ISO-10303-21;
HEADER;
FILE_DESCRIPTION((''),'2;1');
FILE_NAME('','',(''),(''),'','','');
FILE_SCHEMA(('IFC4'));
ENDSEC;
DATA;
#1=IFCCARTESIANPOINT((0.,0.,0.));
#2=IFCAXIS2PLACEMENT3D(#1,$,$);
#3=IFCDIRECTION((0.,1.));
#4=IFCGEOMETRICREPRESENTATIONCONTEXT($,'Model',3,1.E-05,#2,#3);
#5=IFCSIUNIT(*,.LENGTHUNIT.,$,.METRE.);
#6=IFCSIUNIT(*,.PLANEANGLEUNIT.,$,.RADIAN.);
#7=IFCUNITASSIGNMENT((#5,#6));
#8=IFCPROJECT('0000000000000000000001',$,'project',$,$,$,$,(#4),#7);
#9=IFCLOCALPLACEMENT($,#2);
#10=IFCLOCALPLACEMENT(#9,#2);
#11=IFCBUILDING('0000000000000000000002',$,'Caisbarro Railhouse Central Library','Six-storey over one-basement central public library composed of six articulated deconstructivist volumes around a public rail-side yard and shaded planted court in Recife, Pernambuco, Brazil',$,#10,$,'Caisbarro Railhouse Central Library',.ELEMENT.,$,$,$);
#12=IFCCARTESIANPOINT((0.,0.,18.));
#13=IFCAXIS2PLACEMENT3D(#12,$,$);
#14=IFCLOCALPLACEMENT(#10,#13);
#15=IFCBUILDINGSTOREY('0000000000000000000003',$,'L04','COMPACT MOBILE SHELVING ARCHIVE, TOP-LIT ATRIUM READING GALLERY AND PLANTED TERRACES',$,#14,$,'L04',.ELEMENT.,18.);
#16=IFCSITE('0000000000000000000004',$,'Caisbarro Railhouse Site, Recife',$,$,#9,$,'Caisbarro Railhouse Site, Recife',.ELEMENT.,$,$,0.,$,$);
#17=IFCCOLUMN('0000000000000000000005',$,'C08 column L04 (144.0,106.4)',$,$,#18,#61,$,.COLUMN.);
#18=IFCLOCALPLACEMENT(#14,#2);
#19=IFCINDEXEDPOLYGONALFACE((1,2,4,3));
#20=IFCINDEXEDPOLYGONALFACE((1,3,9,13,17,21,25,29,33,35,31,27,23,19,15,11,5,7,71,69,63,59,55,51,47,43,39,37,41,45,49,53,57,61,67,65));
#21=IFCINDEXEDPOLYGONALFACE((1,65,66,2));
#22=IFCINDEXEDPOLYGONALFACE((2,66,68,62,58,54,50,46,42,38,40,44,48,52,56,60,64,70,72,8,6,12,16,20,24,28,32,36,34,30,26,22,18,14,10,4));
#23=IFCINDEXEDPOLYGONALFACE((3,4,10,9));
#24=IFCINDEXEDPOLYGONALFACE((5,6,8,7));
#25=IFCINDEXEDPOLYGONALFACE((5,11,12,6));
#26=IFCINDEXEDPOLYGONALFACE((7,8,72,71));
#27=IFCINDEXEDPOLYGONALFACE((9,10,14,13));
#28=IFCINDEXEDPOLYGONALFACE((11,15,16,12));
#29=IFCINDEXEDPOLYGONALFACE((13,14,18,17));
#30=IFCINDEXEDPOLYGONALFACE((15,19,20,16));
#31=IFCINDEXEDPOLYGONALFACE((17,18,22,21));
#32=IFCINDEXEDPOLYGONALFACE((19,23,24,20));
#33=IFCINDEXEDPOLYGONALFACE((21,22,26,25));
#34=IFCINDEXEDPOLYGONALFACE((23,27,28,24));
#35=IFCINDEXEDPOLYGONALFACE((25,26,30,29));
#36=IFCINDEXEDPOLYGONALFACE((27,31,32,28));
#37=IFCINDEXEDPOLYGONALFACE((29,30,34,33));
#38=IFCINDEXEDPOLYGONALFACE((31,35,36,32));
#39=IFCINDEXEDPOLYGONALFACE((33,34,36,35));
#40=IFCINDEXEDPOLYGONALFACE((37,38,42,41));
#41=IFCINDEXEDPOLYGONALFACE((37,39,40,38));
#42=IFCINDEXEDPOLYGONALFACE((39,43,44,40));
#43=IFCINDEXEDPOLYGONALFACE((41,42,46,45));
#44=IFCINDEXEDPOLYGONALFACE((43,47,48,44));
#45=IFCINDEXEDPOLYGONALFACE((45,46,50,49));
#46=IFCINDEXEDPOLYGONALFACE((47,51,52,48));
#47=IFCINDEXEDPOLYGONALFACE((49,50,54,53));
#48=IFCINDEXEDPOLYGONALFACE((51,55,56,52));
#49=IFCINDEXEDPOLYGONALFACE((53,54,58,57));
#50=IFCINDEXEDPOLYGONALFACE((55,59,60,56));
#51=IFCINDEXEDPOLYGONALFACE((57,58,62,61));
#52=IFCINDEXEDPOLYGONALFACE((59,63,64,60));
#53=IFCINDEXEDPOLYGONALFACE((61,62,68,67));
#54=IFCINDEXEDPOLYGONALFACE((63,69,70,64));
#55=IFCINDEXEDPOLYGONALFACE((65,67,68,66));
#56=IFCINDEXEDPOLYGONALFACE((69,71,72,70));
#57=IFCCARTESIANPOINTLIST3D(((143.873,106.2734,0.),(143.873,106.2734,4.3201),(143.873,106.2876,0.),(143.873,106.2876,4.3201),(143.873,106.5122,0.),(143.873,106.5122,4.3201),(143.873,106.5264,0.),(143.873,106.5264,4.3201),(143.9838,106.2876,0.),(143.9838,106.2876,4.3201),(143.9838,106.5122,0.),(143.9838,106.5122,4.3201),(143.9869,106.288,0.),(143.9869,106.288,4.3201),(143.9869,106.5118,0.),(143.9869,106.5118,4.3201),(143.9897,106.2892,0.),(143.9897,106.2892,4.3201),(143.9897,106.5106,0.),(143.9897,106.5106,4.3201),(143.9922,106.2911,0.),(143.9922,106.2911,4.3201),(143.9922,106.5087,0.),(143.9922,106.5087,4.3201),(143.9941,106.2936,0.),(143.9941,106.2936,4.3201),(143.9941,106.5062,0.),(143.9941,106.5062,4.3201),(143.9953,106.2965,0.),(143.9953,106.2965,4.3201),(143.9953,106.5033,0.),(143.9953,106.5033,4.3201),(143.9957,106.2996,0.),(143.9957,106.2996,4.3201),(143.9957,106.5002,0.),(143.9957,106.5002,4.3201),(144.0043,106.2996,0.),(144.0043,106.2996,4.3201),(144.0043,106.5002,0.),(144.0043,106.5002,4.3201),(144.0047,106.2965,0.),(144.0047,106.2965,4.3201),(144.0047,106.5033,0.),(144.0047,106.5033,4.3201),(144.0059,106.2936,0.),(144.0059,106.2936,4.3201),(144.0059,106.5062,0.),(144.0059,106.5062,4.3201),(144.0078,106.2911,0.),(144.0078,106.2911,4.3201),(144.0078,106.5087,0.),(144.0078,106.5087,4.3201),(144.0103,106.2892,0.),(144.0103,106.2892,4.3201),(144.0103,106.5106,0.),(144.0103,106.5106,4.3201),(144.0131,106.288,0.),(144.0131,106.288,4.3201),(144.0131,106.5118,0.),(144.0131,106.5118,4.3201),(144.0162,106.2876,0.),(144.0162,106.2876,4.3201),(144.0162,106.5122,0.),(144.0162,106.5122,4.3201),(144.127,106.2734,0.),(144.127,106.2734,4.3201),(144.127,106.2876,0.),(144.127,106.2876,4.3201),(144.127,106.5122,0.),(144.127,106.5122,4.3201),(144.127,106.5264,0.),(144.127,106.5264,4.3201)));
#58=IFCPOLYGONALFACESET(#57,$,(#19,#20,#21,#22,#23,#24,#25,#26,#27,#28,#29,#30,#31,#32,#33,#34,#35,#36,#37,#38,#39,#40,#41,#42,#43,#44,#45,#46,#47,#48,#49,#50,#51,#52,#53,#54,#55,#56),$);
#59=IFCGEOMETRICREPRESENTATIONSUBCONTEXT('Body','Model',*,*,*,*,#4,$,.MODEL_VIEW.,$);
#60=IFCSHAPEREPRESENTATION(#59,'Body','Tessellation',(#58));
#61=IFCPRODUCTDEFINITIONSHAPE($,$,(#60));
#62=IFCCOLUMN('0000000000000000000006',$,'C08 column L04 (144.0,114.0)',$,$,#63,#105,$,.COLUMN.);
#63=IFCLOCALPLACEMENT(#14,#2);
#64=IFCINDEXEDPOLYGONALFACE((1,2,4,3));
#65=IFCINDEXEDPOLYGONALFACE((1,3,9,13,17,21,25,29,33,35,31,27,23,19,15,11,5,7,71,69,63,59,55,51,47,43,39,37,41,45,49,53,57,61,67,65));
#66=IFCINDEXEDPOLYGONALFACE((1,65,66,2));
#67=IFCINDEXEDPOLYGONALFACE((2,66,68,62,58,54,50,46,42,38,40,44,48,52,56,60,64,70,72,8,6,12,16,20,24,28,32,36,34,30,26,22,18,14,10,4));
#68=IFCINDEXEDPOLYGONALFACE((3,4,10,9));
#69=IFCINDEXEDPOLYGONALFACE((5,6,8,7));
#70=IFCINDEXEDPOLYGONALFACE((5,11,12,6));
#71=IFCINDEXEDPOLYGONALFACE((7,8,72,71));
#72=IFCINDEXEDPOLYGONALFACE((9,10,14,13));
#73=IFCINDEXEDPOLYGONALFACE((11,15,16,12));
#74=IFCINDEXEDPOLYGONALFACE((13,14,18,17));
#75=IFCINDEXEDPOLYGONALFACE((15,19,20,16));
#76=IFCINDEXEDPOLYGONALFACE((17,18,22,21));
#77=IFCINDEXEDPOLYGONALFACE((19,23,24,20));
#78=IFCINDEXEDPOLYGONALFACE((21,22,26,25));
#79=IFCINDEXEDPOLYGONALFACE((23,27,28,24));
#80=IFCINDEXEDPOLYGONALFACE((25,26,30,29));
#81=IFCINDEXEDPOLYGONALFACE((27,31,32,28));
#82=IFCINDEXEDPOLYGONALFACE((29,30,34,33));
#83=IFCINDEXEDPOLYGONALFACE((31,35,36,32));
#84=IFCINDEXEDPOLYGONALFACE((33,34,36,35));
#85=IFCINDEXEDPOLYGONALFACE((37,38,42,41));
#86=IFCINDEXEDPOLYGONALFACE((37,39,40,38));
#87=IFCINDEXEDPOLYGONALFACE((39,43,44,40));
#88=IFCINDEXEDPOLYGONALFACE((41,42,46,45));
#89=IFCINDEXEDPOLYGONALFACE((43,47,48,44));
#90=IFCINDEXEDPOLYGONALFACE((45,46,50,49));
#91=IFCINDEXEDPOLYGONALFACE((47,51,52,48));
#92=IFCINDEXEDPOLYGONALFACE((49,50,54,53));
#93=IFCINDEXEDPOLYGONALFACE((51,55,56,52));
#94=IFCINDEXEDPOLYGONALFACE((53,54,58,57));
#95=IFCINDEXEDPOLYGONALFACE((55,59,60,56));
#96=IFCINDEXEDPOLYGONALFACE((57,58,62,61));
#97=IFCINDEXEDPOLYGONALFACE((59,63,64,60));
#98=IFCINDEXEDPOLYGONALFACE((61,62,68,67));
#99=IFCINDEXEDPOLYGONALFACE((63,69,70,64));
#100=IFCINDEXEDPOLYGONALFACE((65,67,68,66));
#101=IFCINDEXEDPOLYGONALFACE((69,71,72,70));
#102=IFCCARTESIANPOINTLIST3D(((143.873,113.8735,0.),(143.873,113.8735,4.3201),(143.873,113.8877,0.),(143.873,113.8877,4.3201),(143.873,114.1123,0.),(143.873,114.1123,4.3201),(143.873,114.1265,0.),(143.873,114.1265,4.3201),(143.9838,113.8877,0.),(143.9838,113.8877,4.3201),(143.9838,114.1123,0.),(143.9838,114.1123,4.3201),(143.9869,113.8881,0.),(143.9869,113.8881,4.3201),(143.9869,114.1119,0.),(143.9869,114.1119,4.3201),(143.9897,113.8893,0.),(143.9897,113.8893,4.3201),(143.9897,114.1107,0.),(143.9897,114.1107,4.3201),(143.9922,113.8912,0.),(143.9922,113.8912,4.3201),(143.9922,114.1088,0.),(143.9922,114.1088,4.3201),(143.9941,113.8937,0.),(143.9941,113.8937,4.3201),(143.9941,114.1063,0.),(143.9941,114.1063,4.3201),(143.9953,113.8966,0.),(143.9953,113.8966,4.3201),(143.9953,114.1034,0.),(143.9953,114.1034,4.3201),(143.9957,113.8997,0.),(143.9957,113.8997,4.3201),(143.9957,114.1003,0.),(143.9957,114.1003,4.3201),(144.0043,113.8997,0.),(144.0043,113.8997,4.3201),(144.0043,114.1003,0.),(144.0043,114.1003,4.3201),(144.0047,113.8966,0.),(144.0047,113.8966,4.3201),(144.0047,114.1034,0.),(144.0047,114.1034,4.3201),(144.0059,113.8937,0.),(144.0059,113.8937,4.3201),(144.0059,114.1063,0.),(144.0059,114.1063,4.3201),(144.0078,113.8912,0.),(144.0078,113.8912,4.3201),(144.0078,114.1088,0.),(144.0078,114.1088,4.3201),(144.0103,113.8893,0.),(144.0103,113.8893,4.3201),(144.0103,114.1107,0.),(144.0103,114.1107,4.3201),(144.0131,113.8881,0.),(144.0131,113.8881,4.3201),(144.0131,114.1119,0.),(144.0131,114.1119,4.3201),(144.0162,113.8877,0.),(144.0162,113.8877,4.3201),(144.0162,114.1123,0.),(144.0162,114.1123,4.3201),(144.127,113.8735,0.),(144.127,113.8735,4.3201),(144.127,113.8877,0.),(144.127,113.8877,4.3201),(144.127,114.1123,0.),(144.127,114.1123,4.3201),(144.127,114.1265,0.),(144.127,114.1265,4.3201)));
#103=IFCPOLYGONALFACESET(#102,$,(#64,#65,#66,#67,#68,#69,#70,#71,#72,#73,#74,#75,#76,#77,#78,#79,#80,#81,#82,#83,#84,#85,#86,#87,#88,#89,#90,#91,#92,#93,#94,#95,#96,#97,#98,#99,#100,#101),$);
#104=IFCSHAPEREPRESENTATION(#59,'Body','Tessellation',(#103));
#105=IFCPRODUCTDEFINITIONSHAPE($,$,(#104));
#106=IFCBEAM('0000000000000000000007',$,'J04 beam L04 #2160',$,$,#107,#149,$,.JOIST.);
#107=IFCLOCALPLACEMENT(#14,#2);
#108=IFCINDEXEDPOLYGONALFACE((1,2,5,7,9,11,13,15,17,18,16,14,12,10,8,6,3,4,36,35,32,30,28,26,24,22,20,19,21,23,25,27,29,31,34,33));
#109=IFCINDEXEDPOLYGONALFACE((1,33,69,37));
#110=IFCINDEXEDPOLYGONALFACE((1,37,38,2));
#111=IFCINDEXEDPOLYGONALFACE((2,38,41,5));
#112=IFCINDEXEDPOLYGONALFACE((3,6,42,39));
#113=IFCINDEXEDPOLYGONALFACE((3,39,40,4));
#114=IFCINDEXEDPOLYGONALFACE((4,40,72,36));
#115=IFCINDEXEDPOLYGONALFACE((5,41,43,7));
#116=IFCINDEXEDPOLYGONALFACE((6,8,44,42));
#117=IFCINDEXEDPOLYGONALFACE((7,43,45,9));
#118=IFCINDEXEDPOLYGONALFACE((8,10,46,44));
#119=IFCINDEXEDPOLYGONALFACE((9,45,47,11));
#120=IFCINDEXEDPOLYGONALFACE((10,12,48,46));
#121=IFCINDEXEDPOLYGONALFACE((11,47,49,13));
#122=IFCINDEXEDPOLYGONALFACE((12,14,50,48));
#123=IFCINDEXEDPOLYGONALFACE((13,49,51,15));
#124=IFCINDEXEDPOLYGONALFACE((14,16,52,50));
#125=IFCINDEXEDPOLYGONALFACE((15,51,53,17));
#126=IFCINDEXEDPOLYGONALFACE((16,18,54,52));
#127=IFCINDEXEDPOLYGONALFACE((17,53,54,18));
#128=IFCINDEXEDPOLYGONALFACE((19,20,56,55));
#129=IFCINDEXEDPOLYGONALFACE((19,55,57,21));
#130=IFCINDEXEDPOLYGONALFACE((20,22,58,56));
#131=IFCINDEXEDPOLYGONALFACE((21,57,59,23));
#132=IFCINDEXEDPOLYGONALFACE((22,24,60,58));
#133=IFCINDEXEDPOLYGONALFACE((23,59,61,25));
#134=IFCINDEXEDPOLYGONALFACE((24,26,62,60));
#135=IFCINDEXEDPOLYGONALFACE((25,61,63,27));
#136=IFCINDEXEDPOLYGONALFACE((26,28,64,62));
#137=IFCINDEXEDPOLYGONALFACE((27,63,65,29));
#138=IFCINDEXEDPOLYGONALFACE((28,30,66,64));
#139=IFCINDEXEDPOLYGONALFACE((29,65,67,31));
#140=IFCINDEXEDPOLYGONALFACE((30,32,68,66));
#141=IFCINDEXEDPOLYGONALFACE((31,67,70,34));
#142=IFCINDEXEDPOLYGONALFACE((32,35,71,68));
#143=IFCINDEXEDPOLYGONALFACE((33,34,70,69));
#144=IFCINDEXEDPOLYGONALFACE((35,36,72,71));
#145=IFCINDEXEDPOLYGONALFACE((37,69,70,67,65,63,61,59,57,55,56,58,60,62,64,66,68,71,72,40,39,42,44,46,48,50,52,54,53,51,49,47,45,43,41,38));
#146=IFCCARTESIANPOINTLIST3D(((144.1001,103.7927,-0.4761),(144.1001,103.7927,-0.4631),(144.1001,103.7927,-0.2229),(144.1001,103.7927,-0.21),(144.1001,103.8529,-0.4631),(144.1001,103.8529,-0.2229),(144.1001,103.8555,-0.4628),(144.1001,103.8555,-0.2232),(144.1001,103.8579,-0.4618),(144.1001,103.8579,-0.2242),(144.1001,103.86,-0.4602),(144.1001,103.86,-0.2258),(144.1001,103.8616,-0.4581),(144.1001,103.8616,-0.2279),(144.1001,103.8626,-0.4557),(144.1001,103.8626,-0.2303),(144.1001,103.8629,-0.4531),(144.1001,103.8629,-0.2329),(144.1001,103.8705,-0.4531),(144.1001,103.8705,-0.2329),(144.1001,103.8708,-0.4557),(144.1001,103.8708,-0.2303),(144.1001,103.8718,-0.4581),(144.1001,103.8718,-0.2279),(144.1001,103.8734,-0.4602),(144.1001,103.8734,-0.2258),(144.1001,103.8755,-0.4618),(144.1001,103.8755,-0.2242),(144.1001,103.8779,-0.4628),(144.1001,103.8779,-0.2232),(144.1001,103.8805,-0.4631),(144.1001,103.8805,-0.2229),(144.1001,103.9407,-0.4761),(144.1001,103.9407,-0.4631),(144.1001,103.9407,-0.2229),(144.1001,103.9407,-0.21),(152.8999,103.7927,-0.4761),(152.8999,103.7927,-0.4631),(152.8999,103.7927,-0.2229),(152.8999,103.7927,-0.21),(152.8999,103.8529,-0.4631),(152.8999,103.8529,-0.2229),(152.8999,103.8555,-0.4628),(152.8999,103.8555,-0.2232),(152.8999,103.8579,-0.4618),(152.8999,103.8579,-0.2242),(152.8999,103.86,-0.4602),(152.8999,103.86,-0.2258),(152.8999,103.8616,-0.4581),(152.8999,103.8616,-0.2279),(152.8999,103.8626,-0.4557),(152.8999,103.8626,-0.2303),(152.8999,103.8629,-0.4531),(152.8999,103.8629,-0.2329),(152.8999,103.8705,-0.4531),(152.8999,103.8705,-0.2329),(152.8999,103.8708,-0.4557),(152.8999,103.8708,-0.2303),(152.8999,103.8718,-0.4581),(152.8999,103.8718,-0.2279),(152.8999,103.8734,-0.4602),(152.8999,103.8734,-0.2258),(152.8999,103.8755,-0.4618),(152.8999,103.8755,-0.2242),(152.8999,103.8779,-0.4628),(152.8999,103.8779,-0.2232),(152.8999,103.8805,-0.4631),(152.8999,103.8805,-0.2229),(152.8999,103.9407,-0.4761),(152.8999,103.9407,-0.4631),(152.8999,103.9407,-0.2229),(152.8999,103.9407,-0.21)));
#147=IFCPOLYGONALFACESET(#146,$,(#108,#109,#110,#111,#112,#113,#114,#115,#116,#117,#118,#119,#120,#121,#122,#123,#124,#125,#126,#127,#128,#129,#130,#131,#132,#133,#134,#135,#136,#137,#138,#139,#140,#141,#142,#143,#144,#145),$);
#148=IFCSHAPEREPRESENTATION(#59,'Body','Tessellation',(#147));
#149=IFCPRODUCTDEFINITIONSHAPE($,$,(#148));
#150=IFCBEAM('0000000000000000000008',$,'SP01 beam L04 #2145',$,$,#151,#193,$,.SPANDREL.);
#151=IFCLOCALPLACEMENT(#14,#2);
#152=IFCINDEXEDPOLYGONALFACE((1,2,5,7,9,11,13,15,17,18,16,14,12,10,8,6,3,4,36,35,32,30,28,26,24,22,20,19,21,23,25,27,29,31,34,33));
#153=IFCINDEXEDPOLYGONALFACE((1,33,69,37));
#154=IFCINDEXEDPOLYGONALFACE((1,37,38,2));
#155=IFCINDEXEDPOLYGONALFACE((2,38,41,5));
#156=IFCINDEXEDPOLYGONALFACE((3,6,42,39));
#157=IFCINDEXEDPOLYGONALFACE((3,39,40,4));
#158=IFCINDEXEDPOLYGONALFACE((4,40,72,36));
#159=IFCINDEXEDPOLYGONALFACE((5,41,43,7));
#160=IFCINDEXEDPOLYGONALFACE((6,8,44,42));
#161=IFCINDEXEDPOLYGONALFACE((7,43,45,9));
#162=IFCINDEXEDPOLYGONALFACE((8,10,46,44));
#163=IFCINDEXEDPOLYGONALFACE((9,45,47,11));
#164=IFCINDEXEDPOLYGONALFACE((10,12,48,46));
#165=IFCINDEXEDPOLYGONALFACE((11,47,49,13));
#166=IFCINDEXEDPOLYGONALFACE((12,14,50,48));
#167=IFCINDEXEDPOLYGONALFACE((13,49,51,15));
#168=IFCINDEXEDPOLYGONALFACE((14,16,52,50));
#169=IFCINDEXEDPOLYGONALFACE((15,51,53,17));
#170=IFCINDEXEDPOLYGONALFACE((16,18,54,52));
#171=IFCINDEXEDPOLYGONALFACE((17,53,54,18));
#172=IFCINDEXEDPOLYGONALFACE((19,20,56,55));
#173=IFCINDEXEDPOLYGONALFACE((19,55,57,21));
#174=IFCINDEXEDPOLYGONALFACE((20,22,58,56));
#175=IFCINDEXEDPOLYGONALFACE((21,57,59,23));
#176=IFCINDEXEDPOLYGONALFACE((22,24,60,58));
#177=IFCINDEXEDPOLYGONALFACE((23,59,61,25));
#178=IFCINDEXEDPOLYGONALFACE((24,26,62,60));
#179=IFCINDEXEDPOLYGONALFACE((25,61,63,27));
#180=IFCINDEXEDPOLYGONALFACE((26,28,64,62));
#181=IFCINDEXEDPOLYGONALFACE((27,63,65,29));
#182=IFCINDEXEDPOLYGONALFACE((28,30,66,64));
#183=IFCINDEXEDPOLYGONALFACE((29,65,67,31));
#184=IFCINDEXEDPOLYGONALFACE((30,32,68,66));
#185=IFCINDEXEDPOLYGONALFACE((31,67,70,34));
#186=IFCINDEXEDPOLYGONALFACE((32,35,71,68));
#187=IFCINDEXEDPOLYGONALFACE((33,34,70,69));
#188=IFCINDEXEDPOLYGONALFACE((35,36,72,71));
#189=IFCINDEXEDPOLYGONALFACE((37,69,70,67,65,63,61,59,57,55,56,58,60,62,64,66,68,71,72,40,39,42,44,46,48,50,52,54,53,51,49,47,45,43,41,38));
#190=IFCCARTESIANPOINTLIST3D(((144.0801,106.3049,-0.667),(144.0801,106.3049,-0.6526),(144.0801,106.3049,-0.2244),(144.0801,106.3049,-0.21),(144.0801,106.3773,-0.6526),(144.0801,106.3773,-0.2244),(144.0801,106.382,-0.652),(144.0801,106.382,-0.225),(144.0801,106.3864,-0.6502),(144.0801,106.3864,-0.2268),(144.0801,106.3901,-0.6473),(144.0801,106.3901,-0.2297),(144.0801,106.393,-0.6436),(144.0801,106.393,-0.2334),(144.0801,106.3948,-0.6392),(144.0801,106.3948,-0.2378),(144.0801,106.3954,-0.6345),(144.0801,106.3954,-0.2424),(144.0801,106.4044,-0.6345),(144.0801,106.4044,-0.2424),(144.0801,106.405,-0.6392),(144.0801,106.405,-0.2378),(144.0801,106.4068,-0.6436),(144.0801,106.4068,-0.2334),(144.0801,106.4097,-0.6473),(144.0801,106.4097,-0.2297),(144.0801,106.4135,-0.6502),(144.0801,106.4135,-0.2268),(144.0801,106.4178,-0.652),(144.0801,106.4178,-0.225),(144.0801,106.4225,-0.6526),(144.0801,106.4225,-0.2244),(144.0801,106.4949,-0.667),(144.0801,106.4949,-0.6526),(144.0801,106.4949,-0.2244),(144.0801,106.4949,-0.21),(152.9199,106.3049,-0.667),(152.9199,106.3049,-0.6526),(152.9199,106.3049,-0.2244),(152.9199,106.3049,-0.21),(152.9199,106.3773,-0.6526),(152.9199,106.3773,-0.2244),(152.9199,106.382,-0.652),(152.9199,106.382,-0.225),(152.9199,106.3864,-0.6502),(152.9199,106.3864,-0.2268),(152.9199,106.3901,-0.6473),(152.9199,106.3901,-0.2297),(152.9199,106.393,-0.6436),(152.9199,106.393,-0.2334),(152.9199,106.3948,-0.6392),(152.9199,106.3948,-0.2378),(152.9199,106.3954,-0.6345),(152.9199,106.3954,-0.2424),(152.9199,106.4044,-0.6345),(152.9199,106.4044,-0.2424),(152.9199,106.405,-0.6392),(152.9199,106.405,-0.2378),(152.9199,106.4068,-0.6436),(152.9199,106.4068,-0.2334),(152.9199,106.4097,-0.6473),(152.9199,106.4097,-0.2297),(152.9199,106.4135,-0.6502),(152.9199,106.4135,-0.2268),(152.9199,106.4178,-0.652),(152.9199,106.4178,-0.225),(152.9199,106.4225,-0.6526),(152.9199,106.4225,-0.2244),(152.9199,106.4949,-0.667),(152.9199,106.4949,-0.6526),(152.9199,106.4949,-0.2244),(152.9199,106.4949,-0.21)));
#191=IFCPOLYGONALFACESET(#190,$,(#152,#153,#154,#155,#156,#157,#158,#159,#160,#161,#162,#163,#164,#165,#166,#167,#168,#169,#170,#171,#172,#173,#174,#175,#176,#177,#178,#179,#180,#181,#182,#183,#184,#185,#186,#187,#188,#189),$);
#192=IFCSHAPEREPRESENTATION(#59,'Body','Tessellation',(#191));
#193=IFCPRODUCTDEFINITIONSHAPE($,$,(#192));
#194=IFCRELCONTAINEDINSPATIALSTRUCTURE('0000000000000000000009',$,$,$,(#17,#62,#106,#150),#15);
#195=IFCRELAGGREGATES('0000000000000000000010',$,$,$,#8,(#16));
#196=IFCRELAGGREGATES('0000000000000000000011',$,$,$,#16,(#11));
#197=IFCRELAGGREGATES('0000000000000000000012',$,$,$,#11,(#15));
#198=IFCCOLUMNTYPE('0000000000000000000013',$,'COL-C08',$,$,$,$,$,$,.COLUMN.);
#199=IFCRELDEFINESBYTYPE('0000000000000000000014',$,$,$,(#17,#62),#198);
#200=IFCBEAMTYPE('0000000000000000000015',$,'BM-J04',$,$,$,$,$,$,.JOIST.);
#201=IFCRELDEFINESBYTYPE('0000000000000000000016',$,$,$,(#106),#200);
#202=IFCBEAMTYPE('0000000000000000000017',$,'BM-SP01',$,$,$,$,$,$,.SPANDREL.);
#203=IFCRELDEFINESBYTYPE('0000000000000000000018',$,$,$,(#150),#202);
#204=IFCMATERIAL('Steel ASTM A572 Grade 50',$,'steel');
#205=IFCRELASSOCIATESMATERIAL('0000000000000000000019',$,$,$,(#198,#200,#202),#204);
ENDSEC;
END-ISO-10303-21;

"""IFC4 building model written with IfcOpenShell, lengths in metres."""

from ifc_helpers import new_model, si_unit, direction, frame, origin, origin_2d, place, context, subcontext, project, spatial, i_section, extrude, material, material_profile, profile_set, type_object, element, save


model = new_model("IFC4")

# Units and contexts
model_context = context("Model", 3, precision=1e-05, world=origin(), true_north=direction((0.0, 1.0)))
body_context = subcontext(model_context, "Body", "Model", "MODEL_VIEW")
ifc_project = project(units=[si_unit("LENGTHUNIT", "METRE"), si_unit("PLANEANGLEUNIT", "RADIAN")], contexts=[model_context])

# Site, building, storey
site_placement = place(None, origin())
site = spatial("IfcSite", under=ifc_project, at=site_placement, Name="Caisbarro Railhouse Site, Recife", LongName="Caisbarro Railhouse Site, Recife", CompositionType="ELEMENT", RefElevation=0.0)
building_placement = place(site_placement, origin())
building = spatial("IfcBuilding", under=site, at=building_placement, Name="Caisbarro Railhouse Central Library", Description="Six-storey over one-basement central public library composed of six articulated deconstructivist volumes around a public rail-side yard and shaded planted court in Recife, Pernambuco, Brazil", LongName="Caisbarro Railhouse Central Library", CompositionType="ELEMENT")
storey_placement = place(building_placement, frame((0.0, 0.0, 18.0)))
storey = spatial("IfcBuildingStorey", under=building, at=storey_placement, Name="L04", Description="COMPACT MOBILE SHELVING ARCHIVE, TOP-LIT ATRIUM READING GALLERY AND PLANTED TERRACES", LongName="L04", CompositionType="ELEMENT", Elevation=18.0)

# Columns
ifc_material_1 = material(Name="Steel ASTM A572 Grade 50", Category="steel")
ifc_material_profile_1 = material_profile(ifc_material_1, i_section(OverallWidth=0.2539, OverallDepth=0.2529, WebThickness=0.0085, FlangeThickness=0.0142, FilletRadius=0.012, at=origin_2d()), Name="W250X73.0")
ifc_profile_set_1 = profile_set([ifc_material_profile_1], Name="Steel ASTM A572 Grade 50")
column_type = type_object("IfcColumnType", Name="COL-C08", PredefinedType="COLUMN", material=ifc_profile_set_1)
for number, where, z_axis, x_axis, name in (
    (1, (144.0, 106.3999, 0.0), (0.0, 0.0, 1.0), (1.0, 0.0, 0.0), "C08 column L04 (144.0,106.4)"),
    (2, (144.0, 114.0, 0.0), (0.0, 0.0, 1.0), (1.0, 0.0, 0.0), "C08 column L04 (144.0,114.0)"),
):
    element("IfcColumn", number, at=place(storey_placement, frame(where, z_axis=z_axis, x_axis=x_axis)), inside=storey, type_object=column_type, Name=name, PredefinedType="COLUMN", context=body_context, shape_type="SweptSolid", body=[
        extrude(i_section(OverallWidth=0.2539, OverallDepth=0.2529, WebThickness=0.0085, FlangeThickness=0.0142, FilletRadius=0.012, at=origin_2d()), origin(), (0.0, 0.0, 1.0), 4.3201),
    ])

# Beams
ifc_material_profile_2 = material_profile(ifc_material_1, i_section(OverallWidth=0.1479, OverallDepth=0.2661, WebThickness=0.0076, FlangeThickness=0.0129, FilletRadius=0.01, at=origin_2d()), Name="W250X44.8")
ifc_profile_set_2 = profile_set([ifc_material_profile_2], Name="Steel ASTM A572 Grade 50")
beam_type_1 = type_object("IfcBeamType", Name="BM-J04", PredefinedType="JOIST", material=ifc_profile_set_2)
beam_1_placement = place(storey_placement, frame((144.1001, 103.8667, -0.343), z_axis=(1.0, 0.0, 0.0), x_axis=(0.0, 1.0, 0.0)))
element("IfcBeam", 3, at=beam_1_placement, inside=storey, type_object=beam_type_1, Name="J04 beam L04 #2160", PredefinedType="JOIST", context=body_context, shape_type="SweptSolid", body=[
    extrude(i_section(OverallWidth=0.1479, OverallDepth=0.2661, WebThickness=0.0076, FlangeThickness=0.0129, FilletRadius=0.01, at=origin_2d()), origin(), (0.0, 0.0, 1.0), 8.7998),
])
ifc_material_profile_3 = material_profile(ifc_material_1, i_section(OverallWidth=0.1899, OverallDepth=0.457, WebThickness=0.009, FlangeThickness=0.0144, FilletRadius=0.0181, at=origin_2d()), Name="W460X74.0")
ifc_profile_set_3 = profile_set([ifc_material_profile_3], Name="Steel ASTM A572 Grade 50")
beam_type_2 = type_object("IfcBeamType", Name="BM-SP01", PredefinedType="SPANDREL", material=ifc_profile_set_3)
beam_2_placement = place(storey_placement, frame((144.0801, 106.3999, -0.4385), z_axis=(1.0, 0.0, 0.0), x_axis=(0.0, 1.0, 0.0)))
element("IfcBeam", 4, at=beam_2_placement, inside=storey, type_object=beam_type_2, Name="SP01 beam L04 #2145", PredefinedType="SPANDREL", context=body_context, shape_type="SweptSolid", body=[
    extrude(i_section(OverallWidth=0.1899, OverallDepth=0.457, WebThickness=0.009, FlangeThickness=0.0144, FilletRadius=0.0181, at=origin_2d()), origin(), (0.0, 0.0, 1.0), 8.8398),
])

save(model, "model.ifc")
